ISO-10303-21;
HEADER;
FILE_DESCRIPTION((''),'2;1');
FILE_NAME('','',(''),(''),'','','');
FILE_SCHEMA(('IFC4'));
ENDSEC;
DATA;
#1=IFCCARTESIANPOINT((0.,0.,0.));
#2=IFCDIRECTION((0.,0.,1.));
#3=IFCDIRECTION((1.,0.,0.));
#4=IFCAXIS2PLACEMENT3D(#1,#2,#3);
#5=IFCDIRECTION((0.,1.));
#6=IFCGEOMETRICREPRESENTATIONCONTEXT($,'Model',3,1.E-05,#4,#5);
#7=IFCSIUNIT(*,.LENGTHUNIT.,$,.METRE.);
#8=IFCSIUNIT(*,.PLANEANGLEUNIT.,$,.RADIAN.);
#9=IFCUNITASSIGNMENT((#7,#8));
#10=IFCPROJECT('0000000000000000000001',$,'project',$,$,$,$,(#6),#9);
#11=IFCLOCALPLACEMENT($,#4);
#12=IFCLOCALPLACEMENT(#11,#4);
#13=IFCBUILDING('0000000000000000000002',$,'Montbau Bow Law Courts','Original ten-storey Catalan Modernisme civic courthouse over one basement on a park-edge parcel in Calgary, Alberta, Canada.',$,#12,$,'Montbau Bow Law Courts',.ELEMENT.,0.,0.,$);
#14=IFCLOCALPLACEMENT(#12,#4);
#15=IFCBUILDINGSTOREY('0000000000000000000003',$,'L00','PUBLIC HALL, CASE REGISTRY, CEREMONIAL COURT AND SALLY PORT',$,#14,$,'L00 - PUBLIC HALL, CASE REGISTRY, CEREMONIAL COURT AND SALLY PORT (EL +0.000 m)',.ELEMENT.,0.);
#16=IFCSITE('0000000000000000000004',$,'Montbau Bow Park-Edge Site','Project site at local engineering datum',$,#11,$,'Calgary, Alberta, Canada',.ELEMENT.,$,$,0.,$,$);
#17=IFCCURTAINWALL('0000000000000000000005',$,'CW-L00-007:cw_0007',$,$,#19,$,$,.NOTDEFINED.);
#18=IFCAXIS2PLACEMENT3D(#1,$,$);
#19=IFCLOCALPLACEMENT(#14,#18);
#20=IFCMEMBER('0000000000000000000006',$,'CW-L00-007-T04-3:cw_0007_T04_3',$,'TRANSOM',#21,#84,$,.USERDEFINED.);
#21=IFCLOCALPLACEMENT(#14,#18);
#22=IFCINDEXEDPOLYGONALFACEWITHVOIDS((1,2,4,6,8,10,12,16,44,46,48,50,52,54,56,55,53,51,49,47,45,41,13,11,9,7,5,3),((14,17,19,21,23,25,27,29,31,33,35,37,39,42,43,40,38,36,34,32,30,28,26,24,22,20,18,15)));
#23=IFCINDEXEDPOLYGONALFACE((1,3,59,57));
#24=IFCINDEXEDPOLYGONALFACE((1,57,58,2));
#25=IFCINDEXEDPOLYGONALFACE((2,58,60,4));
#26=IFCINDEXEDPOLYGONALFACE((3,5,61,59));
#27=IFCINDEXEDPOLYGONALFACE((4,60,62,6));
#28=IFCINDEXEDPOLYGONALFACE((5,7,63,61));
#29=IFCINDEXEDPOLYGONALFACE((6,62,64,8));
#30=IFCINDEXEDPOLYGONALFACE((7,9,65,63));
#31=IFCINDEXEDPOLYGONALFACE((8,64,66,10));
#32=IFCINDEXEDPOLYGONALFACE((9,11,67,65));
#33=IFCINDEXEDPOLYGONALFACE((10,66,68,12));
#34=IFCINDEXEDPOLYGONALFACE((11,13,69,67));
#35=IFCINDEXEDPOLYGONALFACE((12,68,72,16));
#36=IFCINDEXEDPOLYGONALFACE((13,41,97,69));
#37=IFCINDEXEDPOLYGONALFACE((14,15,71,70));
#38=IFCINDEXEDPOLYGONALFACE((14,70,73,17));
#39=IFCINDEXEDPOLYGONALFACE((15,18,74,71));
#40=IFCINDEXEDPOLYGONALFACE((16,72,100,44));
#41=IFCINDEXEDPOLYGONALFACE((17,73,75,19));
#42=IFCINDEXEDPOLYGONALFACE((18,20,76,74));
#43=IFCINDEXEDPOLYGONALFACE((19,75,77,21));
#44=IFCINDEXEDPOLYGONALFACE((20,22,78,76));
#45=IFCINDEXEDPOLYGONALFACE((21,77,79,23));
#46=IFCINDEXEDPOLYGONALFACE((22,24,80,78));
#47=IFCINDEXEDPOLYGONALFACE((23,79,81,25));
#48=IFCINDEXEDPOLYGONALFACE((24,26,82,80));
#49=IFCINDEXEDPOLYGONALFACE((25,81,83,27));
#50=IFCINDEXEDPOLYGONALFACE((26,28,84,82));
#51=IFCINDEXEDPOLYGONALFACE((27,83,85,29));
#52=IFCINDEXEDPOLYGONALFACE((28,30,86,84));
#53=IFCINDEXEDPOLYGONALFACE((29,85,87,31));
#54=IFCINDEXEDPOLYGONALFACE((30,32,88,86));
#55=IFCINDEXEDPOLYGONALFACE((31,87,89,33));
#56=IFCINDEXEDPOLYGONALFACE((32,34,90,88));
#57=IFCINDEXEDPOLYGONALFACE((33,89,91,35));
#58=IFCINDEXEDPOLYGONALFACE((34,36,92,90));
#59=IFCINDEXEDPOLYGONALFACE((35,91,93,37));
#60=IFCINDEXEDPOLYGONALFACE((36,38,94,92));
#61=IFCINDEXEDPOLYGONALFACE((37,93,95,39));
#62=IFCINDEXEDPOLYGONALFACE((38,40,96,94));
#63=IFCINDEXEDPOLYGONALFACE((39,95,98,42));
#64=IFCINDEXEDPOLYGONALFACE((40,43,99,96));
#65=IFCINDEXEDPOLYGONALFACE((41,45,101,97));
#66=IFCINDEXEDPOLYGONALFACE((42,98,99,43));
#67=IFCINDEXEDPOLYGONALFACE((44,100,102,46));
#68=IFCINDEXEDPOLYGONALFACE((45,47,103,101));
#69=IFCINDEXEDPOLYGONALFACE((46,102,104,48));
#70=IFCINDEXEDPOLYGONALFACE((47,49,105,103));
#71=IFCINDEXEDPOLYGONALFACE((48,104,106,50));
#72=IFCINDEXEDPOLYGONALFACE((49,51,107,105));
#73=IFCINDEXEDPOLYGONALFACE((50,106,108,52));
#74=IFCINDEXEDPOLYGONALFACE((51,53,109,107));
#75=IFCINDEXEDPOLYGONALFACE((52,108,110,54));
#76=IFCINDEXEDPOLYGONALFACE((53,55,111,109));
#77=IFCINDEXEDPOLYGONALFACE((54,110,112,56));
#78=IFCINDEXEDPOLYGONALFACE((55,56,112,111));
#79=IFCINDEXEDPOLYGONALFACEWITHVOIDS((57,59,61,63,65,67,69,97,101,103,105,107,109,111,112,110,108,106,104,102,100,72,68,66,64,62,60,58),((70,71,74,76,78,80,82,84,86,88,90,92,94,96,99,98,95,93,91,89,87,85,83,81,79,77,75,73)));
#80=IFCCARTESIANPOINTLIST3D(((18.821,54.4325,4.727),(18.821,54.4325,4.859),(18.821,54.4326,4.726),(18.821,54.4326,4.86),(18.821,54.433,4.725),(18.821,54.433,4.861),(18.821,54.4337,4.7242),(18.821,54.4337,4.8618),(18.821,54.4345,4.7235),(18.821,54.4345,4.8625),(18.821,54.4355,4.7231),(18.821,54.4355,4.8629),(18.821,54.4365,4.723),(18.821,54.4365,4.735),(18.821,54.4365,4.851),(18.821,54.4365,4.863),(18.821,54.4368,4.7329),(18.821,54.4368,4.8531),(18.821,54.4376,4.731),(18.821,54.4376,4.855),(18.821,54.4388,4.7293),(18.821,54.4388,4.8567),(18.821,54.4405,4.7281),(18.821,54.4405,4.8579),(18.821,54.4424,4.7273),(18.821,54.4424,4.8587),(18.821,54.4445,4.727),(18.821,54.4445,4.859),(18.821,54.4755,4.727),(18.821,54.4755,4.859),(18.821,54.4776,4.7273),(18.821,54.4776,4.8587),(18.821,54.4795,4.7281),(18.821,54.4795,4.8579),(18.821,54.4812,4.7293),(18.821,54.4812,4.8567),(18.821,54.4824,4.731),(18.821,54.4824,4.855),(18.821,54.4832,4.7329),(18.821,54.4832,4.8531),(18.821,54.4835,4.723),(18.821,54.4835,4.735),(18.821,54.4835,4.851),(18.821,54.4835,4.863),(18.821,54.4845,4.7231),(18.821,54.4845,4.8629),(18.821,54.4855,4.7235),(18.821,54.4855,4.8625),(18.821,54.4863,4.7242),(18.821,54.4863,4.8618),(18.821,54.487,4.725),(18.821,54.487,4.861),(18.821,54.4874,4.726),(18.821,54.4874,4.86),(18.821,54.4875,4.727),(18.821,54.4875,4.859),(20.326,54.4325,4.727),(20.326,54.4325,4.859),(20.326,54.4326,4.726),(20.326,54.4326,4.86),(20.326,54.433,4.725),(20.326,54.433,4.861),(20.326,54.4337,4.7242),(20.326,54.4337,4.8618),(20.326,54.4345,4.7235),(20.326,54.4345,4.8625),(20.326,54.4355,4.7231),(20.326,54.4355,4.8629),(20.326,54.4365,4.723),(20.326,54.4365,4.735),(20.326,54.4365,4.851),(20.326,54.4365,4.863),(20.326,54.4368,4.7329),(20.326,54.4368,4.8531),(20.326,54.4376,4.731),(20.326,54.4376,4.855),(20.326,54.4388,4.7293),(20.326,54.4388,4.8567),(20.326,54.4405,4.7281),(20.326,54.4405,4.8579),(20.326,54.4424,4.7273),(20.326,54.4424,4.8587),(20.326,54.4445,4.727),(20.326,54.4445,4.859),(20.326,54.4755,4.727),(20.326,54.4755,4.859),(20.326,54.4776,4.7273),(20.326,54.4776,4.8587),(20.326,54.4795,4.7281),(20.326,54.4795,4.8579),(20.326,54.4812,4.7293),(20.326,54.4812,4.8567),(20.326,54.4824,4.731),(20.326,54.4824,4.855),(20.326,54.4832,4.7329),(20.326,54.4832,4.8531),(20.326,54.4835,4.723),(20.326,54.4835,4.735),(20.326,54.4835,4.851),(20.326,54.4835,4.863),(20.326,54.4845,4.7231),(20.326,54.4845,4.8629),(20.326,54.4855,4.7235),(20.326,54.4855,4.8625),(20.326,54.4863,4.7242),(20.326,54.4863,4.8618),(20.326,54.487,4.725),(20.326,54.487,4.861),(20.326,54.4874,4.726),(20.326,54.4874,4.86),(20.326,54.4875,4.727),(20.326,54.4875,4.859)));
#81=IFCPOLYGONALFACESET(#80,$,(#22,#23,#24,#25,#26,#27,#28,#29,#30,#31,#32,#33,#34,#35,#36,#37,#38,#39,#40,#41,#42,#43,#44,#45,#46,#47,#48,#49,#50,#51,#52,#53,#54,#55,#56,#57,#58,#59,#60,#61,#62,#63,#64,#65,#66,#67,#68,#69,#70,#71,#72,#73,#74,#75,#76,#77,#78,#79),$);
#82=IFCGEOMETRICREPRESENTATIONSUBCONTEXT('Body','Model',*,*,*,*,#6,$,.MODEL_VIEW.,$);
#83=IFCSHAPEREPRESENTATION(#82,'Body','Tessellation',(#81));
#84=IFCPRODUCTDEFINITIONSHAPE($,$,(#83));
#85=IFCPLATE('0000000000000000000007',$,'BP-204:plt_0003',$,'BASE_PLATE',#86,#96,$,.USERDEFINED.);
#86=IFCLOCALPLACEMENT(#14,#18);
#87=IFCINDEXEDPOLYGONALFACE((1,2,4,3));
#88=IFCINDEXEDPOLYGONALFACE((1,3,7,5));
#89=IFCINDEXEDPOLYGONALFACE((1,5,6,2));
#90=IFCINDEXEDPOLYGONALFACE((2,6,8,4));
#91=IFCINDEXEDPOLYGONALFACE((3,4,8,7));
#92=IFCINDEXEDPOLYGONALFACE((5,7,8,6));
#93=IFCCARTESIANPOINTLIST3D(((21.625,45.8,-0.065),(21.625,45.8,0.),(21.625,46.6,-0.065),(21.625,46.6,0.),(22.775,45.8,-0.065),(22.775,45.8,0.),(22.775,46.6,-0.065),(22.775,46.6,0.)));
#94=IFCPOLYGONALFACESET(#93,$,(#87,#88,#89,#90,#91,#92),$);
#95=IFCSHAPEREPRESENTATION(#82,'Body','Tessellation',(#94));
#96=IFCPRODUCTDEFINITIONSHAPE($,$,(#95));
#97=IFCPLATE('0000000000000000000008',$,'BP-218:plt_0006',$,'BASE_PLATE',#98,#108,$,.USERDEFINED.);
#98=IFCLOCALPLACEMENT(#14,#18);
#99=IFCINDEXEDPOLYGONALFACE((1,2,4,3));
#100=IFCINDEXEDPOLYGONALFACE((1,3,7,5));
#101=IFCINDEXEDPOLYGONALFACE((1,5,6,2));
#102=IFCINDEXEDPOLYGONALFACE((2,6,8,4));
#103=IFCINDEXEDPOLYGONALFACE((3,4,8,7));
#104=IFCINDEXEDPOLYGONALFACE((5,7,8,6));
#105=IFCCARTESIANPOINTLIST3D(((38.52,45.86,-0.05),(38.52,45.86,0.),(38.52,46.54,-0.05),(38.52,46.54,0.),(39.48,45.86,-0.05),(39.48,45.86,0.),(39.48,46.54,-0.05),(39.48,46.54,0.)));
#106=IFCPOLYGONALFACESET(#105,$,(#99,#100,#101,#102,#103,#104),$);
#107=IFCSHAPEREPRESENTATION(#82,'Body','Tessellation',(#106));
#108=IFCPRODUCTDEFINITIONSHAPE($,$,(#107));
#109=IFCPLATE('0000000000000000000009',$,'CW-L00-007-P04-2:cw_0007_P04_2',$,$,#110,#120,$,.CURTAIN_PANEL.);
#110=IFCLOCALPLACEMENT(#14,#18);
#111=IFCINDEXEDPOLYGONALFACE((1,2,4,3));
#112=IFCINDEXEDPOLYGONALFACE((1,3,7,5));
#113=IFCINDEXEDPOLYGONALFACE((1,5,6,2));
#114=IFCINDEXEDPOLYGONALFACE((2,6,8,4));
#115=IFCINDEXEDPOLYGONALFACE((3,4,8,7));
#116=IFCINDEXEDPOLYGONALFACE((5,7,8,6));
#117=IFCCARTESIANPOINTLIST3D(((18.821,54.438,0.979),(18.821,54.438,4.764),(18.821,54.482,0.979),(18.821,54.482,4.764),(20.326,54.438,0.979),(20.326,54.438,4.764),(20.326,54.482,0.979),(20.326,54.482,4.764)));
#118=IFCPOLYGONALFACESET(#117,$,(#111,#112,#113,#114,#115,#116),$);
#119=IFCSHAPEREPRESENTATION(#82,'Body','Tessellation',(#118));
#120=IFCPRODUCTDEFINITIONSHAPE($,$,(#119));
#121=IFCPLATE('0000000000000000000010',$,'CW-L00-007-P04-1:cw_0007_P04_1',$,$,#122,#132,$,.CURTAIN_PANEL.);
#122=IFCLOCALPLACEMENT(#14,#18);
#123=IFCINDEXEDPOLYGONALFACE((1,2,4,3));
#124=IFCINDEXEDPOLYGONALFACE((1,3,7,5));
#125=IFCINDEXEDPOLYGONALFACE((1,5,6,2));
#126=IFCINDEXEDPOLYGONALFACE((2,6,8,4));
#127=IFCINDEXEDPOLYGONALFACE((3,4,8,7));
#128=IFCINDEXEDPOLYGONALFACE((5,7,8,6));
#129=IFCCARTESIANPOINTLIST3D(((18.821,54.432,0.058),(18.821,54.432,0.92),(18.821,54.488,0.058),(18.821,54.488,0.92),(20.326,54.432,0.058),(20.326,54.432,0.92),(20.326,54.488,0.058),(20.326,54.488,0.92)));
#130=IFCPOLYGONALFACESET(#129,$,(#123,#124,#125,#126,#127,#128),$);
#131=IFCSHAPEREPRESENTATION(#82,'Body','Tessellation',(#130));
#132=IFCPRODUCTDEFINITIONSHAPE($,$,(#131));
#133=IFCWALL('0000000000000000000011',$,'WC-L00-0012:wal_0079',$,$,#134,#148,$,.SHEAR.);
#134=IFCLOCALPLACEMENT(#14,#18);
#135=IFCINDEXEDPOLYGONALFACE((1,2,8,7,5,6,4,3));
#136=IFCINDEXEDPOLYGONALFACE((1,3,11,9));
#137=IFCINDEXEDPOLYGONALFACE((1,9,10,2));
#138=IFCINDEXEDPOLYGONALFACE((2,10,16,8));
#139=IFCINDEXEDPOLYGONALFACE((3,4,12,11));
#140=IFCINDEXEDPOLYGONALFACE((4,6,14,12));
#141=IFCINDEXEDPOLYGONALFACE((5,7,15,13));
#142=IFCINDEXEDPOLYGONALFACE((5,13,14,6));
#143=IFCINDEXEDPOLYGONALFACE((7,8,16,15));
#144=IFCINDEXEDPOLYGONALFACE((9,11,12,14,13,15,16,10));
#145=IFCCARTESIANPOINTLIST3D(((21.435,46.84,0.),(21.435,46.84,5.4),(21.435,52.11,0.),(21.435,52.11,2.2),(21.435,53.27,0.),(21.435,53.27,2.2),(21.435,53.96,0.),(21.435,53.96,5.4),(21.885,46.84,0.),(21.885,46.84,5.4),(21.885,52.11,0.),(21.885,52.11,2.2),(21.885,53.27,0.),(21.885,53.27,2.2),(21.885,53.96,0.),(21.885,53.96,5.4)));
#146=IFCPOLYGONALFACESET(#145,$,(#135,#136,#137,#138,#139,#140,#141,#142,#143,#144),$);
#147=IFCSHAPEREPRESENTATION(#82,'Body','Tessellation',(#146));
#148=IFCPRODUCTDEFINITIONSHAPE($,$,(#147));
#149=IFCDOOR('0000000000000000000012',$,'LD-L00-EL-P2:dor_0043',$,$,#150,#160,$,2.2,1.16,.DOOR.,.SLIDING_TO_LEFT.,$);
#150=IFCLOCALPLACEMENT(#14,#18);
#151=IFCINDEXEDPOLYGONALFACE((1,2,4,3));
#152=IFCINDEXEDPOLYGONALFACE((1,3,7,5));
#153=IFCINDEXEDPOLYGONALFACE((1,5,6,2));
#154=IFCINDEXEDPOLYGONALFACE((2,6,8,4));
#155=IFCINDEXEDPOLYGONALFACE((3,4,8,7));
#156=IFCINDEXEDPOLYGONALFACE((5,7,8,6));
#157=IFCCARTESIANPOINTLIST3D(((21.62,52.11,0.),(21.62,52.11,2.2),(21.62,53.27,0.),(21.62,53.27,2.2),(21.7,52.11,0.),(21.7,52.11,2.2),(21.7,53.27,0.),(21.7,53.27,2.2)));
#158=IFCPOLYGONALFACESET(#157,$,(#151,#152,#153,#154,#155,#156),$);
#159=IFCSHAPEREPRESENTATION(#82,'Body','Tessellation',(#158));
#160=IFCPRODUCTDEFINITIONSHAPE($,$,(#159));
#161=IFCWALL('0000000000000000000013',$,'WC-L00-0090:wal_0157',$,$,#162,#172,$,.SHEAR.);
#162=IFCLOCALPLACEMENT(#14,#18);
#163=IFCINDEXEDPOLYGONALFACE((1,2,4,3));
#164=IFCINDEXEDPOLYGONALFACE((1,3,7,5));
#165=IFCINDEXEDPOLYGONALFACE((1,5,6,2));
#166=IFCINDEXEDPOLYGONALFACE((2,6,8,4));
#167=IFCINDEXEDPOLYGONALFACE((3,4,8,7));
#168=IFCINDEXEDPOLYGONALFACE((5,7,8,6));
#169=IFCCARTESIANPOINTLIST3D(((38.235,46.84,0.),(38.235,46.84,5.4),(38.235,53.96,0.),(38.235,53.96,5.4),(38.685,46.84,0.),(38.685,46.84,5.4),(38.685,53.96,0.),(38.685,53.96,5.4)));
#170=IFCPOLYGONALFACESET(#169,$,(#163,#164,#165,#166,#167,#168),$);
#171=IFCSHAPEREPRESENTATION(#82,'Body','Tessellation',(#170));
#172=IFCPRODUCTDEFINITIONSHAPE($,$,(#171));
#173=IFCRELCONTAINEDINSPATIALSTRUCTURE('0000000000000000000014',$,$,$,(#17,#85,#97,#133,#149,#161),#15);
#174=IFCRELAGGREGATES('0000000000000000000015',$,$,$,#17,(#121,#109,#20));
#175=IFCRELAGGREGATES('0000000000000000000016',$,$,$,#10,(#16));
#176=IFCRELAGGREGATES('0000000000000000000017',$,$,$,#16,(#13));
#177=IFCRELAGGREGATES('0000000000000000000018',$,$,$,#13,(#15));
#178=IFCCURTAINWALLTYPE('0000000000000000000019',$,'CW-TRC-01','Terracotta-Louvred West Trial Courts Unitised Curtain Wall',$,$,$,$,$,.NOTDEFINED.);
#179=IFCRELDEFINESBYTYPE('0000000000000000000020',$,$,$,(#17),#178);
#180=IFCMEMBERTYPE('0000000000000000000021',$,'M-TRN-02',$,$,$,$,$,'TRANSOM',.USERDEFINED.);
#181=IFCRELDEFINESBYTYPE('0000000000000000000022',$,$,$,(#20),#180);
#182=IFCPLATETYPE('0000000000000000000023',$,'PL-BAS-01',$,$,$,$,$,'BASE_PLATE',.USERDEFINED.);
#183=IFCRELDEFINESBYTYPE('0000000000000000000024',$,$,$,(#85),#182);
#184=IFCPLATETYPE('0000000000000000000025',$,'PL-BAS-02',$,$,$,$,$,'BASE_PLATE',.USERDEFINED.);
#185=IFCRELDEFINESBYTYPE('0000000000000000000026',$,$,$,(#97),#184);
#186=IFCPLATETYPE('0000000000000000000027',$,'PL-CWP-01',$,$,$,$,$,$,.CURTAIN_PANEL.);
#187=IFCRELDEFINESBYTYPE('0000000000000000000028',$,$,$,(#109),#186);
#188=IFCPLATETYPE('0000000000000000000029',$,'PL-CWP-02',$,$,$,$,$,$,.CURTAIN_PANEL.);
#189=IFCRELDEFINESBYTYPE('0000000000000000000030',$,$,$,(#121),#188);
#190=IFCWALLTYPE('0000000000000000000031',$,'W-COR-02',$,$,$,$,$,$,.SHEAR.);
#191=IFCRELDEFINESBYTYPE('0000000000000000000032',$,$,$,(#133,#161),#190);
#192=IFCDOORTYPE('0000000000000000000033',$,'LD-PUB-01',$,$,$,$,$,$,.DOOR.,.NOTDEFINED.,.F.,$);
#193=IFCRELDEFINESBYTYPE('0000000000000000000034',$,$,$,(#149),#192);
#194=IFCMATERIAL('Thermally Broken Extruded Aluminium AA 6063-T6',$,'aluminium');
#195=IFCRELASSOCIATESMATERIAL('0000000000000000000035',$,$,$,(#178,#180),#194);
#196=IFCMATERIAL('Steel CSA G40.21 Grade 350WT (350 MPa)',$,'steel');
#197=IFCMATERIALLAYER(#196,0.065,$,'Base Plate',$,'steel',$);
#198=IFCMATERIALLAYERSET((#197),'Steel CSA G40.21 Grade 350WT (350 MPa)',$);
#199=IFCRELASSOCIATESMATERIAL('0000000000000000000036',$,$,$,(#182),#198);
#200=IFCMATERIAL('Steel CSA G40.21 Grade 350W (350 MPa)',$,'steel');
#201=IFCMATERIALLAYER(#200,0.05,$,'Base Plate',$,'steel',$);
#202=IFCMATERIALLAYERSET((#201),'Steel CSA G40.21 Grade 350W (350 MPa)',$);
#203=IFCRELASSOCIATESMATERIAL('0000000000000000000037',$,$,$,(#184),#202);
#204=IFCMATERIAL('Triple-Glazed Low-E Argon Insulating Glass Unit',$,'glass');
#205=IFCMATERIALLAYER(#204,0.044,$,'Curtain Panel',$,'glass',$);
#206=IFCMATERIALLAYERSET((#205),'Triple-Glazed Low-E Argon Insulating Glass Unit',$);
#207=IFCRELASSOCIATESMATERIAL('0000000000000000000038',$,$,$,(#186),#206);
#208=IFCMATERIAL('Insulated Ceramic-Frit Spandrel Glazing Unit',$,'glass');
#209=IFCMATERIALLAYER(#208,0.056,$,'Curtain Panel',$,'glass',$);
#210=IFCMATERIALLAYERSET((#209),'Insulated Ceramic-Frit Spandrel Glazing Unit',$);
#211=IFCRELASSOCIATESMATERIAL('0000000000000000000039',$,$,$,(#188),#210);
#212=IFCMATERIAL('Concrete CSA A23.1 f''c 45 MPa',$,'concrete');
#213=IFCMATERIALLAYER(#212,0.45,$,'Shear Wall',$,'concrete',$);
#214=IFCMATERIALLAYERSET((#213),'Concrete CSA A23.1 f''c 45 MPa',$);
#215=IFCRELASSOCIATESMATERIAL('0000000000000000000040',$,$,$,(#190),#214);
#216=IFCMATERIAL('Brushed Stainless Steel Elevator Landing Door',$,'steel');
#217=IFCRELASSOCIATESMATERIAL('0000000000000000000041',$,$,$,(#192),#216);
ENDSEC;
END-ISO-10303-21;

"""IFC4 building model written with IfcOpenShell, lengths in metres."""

from ifc_helpers import new_model, si_unit, direction, frame, frame_2d, origin_with_axes, origin_2d_with_axis, place, context, subcontext, project, spatial, rectangle, hollow_rectangle, extrude, material, layer, layer_set, material_profile, profile_set, type_object, element, fill, aggregate, save


model = new_model("IFC4")

# Units and contexts
model_context = context("Model", 3, precision=1e-05, world=origin_with_axes(), true_north=direction((0.0, 1.0)))
body_context = subcontext(model_context, "Body", "Model", "MODEL_VIEW")
ifc_project = project(units=[si_unit("LENGTHUNIT", "METRE"), si_unit("PLANEANGLEUNIT", "RADIAN")], contexts=[model_context])

# Site, building, storey
site_placement = place(None, origin_with_axes())
site = spatial("IfcSite", under=ifc_project, at=site_placement, Name="Montbau Bow Park-Edge Site", Description="Project site at local engineering datum", LongName="Calgary, Alberta, Canada", CompositionType="ELEMENT", RefElevation=0.0)
building_placement = place(site_placement, origin_with_axes())
building = spatial("IfcBuilding", under=site, at=building_placement, Name="Montbau Bow Law Courts", Description="Original ten-storey Catalan Modernisme civic courthouse over one basement on a park-edge parcel in Calgary, Alberta, Canada.", LongName="Montbau Bow Law Courts", CompositionType="ELEMENT", ElevationOfRefHeight=0.0, ElevationOfTerrain=0.0)
storey_placement = place(building_placement, origin_with_axes())
storey = spatial("IfcBuildingStorey", under=building, at=storey_placement, Name="L00", Description="PUBLIC HALL, CASE REGISTRY, CEREMONIAL COURT AND SALLY PORT", LongName="L00 - PUBLIC HALL, CASE REGISTRY, CEREMONIAL COURT AND SALLY PORT (EL +0.000 m)", CompositionType="ELEMENT", Elevation=0.0)

# Shared definitions
ifc_material_1 = material(Name="Steel CSA G40.21 Grade 350W (350 MPa)", Category="steel")

# Curtain wall, member
ifc_material_2 = material(Name="Thermally Broken Extruded Aluminium AA 6063-T6", Category="aluminium")
curtain_wall_type = type_object("IfcCurtainWallType", Name="CW-TRC-01", Description="Terracotta-Louvred West Trial Courts Unitised Curtain Wall", PredefinedType="NOTDEFINED", material=ifc_material_2)
curtain_wall_placement = place(None, frame((14.068, 54.46, 0.0), z_axis=(0.0, 0.0, 1.0), x_axis=(1.0, 0.0, 0.0)))
curtain_wall = element("IfcCurtainWall", 1, at=curtain_wall_placement, inside=storey, type_object=curtain_wall_type, Name="CW-L00-007:cw_0007", PredefinedType="NOTDEFINED")
ifc_material_profile_1 = material_profile(ifc_material_2, hollow_rectangle(XDim=0.055, YDim=0.14, WallThickness=0.004, InnerFilletRadius=0.008, OuterFilletRadius=0.004, at=origin_2d_with_axis()), Name="CWT-140X55", Category="Main", Priority=0)
ifc_profile_set_1 = profile_set([ifc_material_profile_1], Name="Thermally Broken Extruded Aluminium AA 6063-T6")
member_type_1 = type_object("IfcMemberType", Name="M-TRN-02", ElementType="TRANSOM", PredefinedType="USERDEFINED", material=ifc_profile_set_1)
member_1_placement = place(None, frame((18.821, 54.46, 4.793), z_axis=(1.0, 0.0, 0.0), x_axis=(0.0, 1.0, 0.0)))
member_1 = element("IfcMember", 2, at=member_1_placement, type_object=member_type_1, Name="CW-L00-007-T04-3:cw_0007_T04_3", ObjectType="TRANSOM", PredefinedType="USERDEFINED", context=body_context, shape_type="SweptSolid", body=[
    extrude(hollow_rectangle(XDim=0.055, YDim=0.14, WallThickness=0.004, InnerFilletRadius=0.008, OuterFilletRadius=0.004, at=origin_2d_with_axis()), origin_with_axes(), (0.0, 0.0, 1.0), 1.505),
])

# Plates
ifc_material_3 = material(Name="Steel CSA G40.21 Grade 350WT (350 MPa)", Category="steel")
ifc_layer_1 = layer(ifc_material_3, 0.065, Name="Base Plate", Category="steel")
ifc_layer_set_1 = layer_set([ifc_layer_1], Name="Steel CSA G40.21 Grade 350WT (350 MPa)")
plate_type_1 = type_object("IfcPlateType", Name="PL-BAS-01", ElementType="BASE_PLATE", PredefinedType="USERDEFINED", material=ifc_layer_set_1)
plate_1_placement = place(None, frame((22.2, 46.2, -0.065), z_axis=(0.0, 0.0, 1.0), x_axis=(1.0, 0.0, 0.0)))
element("IfcPlate", 3, at=plate_1_placement, inside=storey, type_object=plate_type_1, Name="BP-204:plt_0003", ObjectType="BASE_PLATE", PredefinedType="USERDEFINED", context=body_context, shape_type="SweptSolid", body=[
    extrude(rectangle(XDim=1.15, YDim=0.8, at=origin_2d_with_axis()), origin_with_axes(), (0.0, 0.0, 1.0), 0.065),
])
ifc_layer_2 = layer(ifc_material_1, 0.05, Name="Base Plate", Category="steel")
ifc_layer_set_2 = layer_set([ifc_layer_2], Name="Steel CSA G40.21 Grade 350W (350 MPa)")
plate_type_2 = type_object("IfcPlateType", Name="PL-BAS-02", ElementType="BASE_PLATE", PredefinedType="USERDEFINED", material=ifc_layer_set_2)
plate_2_placement = place(None, frame((39.0, 46.2, -0.05), z_axis=(0.0, 0.0, 1.0), x_axis=(1.0, 0.0, 0.0)))
element("IfcPlate", 4, at=plate_2_placement, inside=storey, type_object=plate_type_2, Name="BP-218:plt_0006", ObjectType="BASE_PLATE", PredefinedType="USERDEFINED", context=body_context, shape_type="SweptSolid", body=[
    extrude(rectangle(XDim=0.96, YDim=0.68, at=origin_2d_with_axis()), origin_with_axes(), (0.0, 0.0, 1.0), 0.05),
])

# Plates
ifc_material_4 = material(Name="Triple-Glazed Low-E Argon Insulating Glass Unit", Category="glass")
ifc_layer_3 = layer(ifc_material_4, 0.044, Name="Curtain Panel", Category="glass")
ifc_layer_set_3 = layer_set([ifc_layer_3], Name="Triple-Glazed Low-E Argon Insulating Glass Unit")
plate_type_3 = type_object("IfcPlateType", Name="PL-CWP-01", PredefinedType="CURTAIN_PANEL", material=ifc_layer_set_3)
plate_3_placement = place(None, frame((18.821, 54.46, 0.979), z_axis=(0.0, -1.0, 0.0), x_axis=(1.0, 0.0, 0.0)))
plate_3 = element("IfcPlate", 5, at=plate_3_placement, type_object=plate_type_3, Name="CW-L00-007-P04-2:cw_0007_P04_2", PredefinedType="CURTAIN_PANEL", context=body_context, shape_type="SweptSolid", body=[
    extrude(rectangle(XDim=1.505, YDim=3.785, at=frame_2d((0.7525, 1.8925), x_axis=(1.0, 0.0))), frame((0.0, 0.0, -0.022), z_axis=(0.0, 0.0, 1.0), x_axis=(1.0, 0.0, 0.0)), (0.0, 0.0, 1.0), 0.044),
])
ifc_material_5 = material(Name="Insulated Ceramic-Frit Spandrel Glazing Unit", Category="glass")
ifc_layer_4 = layer(ifc_material_5, 0.056, Name="Curtain Panel", Category="glass")
ifc_layer_set_4 = layer_set([ifc_layer_4], Name="Insulated Ceramic-Frit Spandrel Glazing Unit")
plate_type_4 = type_object("IfcPlateType", Name="PL-CWP-02", PredefinedType="CURTAIN_PANEL", material=ifc_layer_set_4)
plate_4_placement = place(None, frame((18.821, 54.46, 0.058), z_axis=(0.0, -1.0, 0.0), x_axis=(1.0, 0.0, 0.0)))
plate_4 = element("IfcPlate", 6, at=plate_4_placement, type_object=plate_type_4, Name="CW-L00-007-P04-1:cw_0007_P04_1", PredefinedType="CURTAIN_PANEL", context=body_context, shape_type="SweptSolid", body=[
    extrude(rectangle(XDim=1.505, YDim=0.862, at=frame_2d((0.7525, 0.431), x_axis=(1.0, 0.0))), frame((0.0, 0.0, -0.028), z_axis=(0.0, 0.0, 1.0), x_axis=(1.0, 0.0, 0.0)), (0.0, 0.0, 1.0), 0.056),
])
aggregate(curtain_wall, [plate_4, plate_3, member_1])

# Wall, opening, door
ifc_material_6 = material(Name="Concrete CSA A23.1 f'c 45 MPa", Category="concrete")
ifc_layer_5 = layer(ifc_material_6, 0.45, Name="Shear Wall", Category="concrete")
ifc_layer_set_5 = layer_set([ifc_layer_5], Name="Concrete CSA A23.1 f'c 45 MPa")
wall_type_1 = type_object("IfcWallType", Name="W-COR-02", PredefinedType="SHEAR", material=ifc_layer_set_5)
wall_1_placement = place(None, frame((21.66, 46.84, 0.0), z_axis=(0.0, 0.0, 1.0), x_axis=(0.0, 1.0, 0.0)))
wall_1 = element("IfcWall", 7, at=wall_1_placement, inside=storey, type_object=wall_type_1, Name="WC-L00-0012:wal_0079", PredefinedType="SHEAR", context=body_context, shape_type="SweptSolid", body=[
    extrude(rectangle(XDim=7.12, YDim=0.45, at=frame_2d((3.56, 0.0), x_axis=(1.0, 0.0))), origin_with_axes(), (0.0, 0.0, 1.0), 5.4),
])
opening_1_placement = place(None, frame((21.66, 52.69, 0.0), z_axis=(0.0, 0.0, 1.0), x_axis=(0.0, 1.0, 0.0)))
opening_1 = element("IfcOpeningElement", 8, at=opening_1_placement, cuts=wall_1, PredefinedType="OPENING", context=body_context, shape_type="SweptSolid", body=[
    extrude(rectangle(XDim=1.16, YDim=2.2, at=frame_2d((0.0, 1.1), x_axis=(1.0, 0.0))), frame((0.0, 0.235, 0.0), z_axis=(0.0, -1.0, 0.0), x_axis=(1.0, 0.0, 0.0)), (0.0, 0.0, 1.0), 0.47),
])
ifc_material_7 = material(Name="Brushed Stainless Steel Elevator Landing Door", Category="steel")
door_type_1 = type_object("IfcDoorType", Name="LD-PUB-01", OperationType="NOTDEFINED", ParameterTakesPrecedence=False, PredefinedType="DOOR", material=ifc_material_7)
door_1_placement = place(None, frame((21.66, 52.69, 0.0), z_axis=(0.0, 0.0, 1.0), x_axis=(0.0, 1.0, 0.0)))
door_1 = element("IfcDoor", 9, at=door_1_placement, inside=storey, type_object=door_type_1, Name="LD-L00-EL-P2:dor_0043", OperationType="SLIDING_TO_LEFT", OverallHeight=2.2, OverallWidth=1.16, PredefinedType="DOOR", context=body_context, shape_type="SweptSolid", body=[
    extrude(rectangle(XDim=1.16, YDim=2.2, at=frame_2d((0.0, 1.1), x_axis=(1.0, 0.0))), frame((0.0, 0.04, 0.0), z_axis=(0.0, -1.0, 0.0), x_axis=(1.0, 0.0, 0.0)), (0.0, 0.0, 1.0), 0.08),
])
fill(opening_1, door_1)

# Wall
for number, where, z_axis, x_axis, name in (
    (10, (38.46, 46.84, 0.0), (0.0, 0.0, 1.0), (0.0, 1.0, 0.0), "WC-L00-0090:wal_0157"),
):
    element("IfcWall", number, at=place(None, frame(where, z_axis=z_axis, x_axis=x_axis)), inside=storey, type_object=wall_type_1, Name=name, PredefinedType="SHEAR", context=body_context, shape_type="SweptSolid", body=[
        extrude(rectangle(XDim=7.12, YDim=0.45, at=frame_2d((3.56, 0.0), x_axis=(1.0, 0.0))), origin_with_axes(), (0.0, 0.0, 1.0), 5.4),
    ])

save(model, "model.ifc")
